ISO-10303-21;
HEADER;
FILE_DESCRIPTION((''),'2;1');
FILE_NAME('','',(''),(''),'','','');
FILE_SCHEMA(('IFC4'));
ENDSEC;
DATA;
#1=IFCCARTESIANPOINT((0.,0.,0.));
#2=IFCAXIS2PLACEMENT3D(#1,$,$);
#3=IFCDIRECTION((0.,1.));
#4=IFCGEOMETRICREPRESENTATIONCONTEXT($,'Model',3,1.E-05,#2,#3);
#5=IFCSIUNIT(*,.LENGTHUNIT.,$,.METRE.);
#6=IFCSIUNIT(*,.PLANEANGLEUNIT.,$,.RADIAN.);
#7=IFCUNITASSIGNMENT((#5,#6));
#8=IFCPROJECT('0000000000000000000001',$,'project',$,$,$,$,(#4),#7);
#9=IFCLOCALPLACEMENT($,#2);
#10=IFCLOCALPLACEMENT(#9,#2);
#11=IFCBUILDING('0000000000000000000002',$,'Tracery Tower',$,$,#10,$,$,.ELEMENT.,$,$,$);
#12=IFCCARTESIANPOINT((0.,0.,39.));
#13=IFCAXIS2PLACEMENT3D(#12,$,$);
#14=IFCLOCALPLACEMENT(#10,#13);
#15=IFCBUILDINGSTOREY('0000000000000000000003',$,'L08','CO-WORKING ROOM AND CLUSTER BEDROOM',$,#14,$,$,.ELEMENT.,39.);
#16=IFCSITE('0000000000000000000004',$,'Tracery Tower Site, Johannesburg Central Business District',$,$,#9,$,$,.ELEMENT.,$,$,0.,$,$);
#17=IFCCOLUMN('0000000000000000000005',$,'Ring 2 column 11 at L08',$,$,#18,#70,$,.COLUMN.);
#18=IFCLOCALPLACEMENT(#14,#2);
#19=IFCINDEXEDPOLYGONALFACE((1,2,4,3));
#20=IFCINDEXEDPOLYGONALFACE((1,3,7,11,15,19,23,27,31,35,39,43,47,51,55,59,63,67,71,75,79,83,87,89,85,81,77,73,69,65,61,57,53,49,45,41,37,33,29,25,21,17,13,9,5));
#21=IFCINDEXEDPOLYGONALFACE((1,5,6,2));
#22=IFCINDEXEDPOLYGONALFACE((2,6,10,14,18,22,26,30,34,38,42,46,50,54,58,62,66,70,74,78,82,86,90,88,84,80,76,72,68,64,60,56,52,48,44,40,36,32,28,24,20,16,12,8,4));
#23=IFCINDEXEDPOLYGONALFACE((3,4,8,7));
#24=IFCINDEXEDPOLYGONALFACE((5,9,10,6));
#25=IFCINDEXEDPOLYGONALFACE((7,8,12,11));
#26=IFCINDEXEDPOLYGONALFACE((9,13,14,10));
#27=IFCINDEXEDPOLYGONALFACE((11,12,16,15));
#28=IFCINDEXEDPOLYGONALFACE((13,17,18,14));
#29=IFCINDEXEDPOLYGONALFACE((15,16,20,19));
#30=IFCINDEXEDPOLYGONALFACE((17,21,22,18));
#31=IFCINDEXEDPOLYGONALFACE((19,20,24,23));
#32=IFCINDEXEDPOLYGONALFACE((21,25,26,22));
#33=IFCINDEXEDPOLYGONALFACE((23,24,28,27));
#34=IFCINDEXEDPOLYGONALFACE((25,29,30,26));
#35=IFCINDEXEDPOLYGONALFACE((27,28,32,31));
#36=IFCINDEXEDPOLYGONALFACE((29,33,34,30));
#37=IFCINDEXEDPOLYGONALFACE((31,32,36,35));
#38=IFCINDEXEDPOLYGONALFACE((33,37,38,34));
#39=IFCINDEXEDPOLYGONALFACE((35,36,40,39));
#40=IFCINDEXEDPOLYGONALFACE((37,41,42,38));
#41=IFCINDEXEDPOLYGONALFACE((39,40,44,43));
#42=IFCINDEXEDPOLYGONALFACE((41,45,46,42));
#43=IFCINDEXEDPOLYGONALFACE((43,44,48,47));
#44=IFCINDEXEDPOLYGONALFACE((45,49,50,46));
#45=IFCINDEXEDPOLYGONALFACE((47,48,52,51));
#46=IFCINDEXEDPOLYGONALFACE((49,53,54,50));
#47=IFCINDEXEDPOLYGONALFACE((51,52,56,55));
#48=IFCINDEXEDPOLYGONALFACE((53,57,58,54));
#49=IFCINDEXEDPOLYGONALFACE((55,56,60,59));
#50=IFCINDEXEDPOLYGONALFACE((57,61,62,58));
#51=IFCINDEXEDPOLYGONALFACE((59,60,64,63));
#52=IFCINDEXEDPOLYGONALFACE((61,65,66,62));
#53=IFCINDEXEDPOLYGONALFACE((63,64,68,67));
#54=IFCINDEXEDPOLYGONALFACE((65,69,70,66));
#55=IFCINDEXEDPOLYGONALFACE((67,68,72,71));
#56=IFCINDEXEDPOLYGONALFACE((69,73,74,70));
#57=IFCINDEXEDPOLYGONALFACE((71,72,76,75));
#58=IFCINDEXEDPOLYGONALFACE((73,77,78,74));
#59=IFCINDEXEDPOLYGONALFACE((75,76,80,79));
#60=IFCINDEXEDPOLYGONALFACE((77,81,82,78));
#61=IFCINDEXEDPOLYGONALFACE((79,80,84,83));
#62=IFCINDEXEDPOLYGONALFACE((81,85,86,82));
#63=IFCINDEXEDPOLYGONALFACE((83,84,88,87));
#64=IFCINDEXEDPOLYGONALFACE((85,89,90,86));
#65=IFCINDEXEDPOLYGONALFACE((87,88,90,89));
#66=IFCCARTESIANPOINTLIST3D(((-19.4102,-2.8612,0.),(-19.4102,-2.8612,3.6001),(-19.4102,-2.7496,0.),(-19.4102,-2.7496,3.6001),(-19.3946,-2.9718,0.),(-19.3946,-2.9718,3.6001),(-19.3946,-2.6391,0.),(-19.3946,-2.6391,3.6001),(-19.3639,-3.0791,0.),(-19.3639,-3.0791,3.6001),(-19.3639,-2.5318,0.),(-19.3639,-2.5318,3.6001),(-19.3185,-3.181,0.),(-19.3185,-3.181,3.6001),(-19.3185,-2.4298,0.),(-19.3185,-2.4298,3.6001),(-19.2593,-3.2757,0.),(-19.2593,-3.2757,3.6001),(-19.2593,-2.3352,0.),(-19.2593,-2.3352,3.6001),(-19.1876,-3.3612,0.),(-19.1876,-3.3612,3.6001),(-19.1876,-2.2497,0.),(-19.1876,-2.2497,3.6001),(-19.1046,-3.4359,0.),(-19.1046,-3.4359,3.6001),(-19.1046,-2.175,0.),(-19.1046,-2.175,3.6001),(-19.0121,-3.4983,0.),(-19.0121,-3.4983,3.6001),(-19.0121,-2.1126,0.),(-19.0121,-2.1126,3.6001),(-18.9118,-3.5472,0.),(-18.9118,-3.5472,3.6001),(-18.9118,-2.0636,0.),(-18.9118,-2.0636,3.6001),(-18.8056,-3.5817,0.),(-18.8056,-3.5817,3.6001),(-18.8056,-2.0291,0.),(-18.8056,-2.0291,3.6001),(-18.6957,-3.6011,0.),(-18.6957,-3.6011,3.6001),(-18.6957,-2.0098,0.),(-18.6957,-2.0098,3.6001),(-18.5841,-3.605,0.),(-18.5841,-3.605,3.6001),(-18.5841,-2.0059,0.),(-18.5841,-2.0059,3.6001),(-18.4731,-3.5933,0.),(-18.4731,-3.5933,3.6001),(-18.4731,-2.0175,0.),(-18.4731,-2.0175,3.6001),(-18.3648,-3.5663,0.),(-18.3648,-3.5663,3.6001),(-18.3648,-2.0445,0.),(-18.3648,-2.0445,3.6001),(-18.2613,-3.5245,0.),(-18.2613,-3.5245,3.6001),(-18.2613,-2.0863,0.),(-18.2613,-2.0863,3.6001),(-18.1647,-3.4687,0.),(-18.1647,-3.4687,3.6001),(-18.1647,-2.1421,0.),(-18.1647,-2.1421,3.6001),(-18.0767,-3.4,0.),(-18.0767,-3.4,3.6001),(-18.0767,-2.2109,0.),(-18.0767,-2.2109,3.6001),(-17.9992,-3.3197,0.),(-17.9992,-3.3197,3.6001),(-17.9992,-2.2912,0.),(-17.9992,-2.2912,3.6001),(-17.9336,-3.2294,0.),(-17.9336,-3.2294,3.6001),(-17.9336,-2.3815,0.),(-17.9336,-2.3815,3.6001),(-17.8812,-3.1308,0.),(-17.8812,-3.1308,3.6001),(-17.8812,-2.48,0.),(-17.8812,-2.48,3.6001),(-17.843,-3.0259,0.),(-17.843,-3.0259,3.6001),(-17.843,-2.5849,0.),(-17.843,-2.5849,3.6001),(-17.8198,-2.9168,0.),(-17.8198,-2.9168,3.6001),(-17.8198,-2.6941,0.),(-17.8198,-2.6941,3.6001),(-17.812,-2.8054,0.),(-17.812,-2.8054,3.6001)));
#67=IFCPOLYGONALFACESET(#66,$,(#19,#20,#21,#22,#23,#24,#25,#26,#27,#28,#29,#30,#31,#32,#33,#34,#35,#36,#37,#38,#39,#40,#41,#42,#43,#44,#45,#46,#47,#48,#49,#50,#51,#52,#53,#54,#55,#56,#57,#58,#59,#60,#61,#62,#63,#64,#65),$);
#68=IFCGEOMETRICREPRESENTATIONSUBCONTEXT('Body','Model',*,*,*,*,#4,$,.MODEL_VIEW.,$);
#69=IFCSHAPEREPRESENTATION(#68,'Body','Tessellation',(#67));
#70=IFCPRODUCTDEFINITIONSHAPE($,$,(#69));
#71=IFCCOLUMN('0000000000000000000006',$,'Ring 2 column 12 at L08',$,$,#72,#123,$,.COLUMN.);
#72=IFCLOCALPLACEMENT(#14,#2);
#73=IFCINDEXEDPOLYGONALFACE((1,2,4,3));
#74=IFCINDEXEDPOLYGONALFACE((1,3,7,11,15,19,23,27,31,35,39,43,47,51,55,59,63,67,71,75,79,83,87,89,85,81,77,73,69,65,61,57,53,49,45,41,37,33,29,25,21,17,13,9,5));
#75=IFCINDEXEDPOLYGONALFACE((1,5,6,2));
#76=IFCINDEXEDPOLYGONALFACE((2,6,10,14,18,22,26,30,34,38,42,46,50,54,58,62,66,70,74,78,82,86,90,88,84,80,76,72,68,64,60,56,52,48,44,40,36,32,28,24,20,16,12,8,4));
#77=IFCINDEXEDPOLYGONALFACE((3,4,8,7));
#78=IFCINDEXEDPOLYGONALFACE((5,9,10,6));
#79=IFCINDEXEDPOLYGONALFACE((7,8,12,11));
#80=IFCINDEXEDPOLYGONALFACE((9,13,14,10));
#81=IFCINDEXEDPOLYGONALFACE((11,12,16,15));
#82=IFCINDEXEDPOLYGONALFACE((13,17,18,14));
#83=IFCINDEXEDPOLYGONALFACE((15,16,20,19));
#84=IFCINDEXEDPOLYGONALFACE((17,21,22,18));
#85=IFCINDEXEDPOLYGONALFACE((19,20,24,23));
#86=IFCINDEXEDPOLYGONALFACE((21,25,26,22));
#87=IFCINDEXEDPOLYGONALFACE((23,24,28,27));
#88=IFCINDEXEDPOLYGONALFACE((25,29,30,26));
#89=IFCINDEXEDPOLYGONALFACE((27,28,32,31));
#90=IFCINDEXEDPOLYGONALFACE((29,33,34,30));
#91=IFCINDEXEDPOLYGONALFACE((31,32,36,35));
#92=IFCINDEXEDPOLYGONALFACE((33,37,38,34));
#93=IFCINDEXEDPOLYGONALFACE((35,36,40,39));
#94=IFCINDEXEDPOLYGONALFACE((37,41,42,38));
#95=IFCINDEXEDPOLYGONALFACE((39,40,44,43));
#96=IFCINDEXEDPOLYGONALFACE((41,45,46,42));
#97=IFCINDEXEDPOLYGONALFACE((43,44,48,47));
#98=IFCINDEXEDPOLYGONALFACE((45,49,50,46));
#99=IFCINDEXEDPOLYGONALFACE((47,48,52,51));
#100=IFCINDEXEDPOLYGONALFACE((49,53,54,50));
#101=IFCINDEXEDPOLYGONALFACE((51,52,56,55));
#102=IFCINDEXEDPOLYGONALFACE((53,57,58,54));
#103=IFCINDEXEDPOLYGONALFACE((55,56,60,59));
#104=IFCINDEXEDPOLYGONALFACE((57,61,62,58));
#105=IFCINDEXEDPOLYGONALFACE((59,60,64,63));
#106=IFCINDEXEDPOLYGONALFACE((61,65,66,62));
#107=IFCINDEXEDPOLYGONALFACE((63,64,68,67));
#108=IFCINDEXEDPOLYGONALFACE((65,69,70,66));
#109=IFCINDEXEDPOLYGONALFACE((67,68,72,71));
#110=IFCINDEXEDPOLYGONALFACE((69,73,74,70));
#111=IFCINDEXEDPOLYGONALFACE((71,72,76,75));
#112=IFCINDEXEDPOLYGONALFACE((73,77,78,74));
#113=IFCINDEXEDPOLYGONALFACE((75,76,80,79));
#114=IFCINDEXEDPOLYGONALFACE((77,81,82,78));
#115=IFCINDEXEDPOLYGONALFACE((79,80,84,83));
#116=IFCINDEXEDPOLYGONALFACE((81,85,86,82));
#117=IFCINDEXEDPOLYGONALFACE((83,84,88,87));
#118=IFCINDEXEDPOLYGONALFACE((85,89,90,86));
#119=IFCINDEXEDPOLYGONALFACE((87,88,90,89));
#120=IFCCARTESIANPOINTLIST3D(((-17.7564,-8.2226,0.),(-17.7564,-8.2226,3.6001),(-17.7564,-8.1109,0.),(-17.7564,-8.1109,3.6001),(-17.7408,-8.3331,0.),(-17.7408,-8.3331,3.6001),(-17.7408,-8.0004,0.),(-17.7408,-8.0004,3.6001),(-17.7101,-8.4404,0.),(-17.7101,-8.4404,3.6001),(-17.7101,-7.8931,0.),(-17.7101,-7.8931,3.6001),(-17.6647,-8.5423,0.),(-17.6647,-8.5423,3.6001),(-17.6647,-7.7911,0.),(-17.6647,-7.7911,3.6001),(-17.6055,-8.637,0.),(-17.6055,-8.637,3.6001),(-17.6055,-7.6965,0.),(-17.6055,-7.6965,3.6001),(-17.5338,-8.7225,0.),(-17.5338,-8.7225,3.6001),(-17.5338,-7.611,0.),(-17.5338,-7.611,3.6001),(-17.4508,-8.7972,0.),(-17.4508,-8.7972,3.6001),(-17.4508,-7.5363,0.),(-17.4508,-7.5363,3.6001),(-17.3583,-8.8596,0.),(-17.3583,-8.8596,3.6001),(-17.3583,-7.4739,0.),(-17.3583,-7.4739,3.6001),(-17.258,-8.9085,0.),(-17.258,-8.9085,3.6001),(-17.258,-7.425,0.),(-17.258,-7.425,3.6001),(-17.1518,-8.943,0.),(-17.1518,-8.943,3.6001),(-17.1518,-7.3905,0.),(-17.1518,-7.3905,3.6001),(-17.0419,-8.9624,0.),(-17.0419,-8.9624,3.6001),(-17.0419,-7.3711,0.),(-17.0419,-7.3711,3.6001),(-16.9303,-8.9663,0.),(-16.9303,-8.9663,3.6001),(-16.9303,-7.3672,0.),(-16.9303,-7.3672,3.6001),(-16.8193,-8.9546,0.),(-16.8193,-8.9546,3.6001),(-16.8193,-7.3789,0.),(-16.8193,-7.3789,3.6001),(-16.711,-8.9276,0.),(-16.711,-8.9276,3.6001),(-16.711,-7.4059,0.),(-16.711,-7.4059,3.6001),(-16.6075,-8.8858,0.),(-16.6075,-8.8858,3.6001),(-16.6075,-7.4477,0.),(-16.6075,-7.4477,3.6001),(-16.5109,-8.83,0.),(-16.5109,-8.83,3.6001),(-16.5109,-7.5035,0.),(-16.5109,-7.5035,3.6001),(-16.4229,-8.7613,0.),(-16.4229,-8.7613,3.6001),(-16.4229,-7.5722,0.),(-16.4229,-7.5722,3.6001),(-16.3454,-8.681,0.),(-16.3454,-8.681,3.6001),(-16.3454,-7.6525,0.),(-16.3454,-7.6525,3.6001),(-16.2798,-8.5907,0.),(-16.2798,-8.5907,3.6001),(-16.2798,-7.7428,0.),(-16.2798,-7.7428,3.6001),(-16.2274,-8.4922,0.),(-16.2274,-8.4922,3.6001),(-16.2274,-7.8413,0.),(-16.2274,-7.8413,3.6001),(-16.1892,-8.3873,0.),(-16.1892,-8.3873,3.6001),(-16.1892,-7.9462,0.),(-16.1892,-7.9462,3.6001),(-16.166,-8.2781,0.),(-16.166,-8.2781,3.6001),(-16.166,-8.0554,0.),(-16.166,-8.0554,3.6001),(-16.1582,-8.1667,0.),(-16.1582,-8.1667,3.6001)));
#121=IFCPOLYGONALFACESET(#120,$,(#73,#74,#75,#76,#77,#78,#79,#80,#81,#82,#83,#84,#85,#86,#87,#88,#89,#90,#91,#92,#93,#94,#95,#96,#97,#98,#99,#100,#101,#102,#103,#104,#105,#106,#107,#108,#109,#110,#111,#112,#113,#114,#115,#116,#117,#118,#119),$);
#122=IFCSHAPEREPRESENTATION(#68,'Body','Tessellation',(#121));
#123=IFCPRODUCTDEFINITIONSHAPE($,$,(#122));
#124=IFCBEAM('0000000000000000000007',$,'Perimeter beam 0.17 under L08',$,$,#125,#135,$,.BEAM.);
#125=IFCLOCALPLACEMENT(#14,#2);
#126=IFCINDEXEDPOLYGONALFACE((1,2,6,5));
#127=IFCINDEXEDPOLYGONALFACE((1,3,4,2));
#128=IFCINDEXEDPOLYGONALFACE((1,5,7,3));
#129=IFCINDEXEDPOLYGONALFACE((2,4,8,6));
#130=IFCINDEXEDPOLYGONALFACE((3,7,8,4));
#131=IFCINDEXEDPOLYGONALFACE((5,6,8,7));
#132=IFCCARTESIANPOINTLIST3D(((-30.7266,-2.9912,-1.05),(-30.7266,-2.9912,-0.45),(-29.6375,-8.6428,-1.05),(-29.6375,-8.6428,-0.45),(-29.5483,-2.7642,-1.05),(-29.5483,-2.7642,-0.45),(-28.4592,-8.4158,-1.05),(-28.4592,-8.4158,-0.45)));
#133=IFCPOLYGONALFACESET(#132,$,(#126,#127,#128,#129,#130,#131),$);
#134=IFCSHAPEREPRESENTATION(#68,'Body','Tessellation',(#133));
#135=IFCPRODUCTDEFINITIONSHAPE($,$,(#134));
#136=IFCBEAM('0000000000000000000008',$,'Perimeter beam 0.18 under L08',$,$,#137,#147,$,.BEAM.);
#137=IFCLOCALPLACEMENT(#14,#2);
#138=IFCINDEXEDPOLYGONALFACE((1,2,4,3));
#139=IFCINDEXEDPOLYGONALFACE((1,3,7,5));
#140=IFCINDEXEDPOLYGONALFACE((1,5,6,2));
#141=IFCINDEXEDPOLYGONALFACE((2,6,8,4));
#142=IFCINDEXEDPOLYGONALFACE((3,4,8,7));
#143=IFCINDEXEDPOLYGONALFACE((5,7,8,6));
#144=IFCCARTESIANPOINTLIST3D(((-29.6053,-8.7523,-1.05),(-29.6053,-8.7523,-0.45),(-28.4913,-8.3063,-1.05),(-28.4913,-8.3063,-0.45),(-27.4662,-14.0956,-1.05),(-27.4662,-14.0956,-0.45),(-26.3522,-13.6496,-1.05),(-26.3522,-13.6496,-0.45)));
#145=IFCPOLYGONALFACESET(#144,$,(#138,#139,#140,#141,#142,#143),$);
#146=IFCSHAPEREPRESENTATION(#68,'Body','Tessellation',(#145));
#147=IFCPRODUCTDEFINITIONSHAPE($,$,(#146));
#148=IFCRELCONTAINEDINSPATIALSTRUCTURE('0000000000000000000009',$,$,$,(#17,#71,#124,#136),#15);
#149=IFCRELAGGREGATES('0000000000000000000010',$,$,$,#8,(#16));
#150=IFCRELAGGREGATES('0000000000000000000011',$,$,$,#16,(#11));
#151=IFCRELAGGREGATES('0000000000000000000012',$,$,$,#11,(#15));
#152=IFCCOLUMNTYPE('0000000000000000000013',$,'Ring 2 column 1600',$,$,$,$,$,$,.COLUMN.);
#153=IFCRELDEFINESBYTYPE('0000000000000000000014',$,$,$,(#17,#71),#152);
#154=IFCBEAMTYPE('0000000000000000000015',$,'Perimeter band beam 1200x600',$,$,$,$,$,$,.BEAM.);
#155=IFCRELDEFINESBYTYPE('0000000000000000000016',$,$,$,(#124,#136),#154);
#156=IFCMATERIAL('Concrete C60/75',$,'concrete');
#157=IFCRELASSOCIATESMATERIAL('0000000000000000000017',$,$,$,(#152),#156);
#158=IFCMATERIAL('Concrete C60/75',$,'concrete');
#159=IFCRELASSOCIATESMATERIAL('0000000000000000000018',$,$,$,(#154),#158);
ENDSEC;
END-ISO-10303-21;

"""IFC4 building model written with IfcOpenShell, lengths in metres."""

from ifc_helpers import new_model, si_unit, direction, frame, origin, origin_2d, place, context, subcontext, project, spatial, rectangle, circle, extrude, material, material_profile, profile_set, type_object, element, save


model = new_model("IFC4")

# Units and contexts
model_context = context("Model", 3, precision=1e-05, world=origin(), true_north=direction((0.0, 1.0)))
body_context = subcontext(model_context, "Body", "Model", "MODEL_VIEW")
ifc_project = project(units=[si_unit("LENGTHUNIT", "METRE"), si_unit("PLANEANGLEUNIT", "RADIAN")], contexts=[model_context])

# Site, building, storey
site_placement = place(None, origin())
site = spatial("IfcSite", under=ifc_project, at=site_placement, Name="Tracery Tower Site, Johannesburg Central Business District", CompositionType="ELEMENT", RefElevation=0.0)
building_placement = place(site_placement, origin())
building = spatial("IfcBuilding", under=site, at=building_placement, Name="Tracery Tower", CompositionType="ELEMENT")
storey_placement = place(building_placement, frame((0.0, 0.0, 39.0)))
storey = spatial("IfcBuildingStorey", under=building, at=storey_placement, Name="L08", Description="CO-WORKING ROOM AND CLUSTER BEDROOM", CompositionType="ELEMENT", Elevation=39.0)

# Columns
ifc_material_1 = material(Name="Concrete C60/75", Category="concrete")
ifc_material_profile_1 = material_profile(ifc_material_1, circle(Radius=0.8, at=origin_2d()), Name="RC D1600")
ifc_profile_set_1 = profile_set([ifc_material_profile_1], Name="Concrete C60/75")
column_type_1 = type_object("IfcColumnType", Name="Ring 2 column 1600", PredefinedType="COLUMN", material=ifc_profile_set_1)
for number, where, z_axis, x_axis, name in (
    (1, (-18.6121, -2.8054, 0.0), (0.0, 0.0, 1.0), (1.0, 0.0, 0.0), "Ring 2 column 11 at L08"),
    (2, (-16.9583, -8.1667, 0.0), (0.0, 0.0, 1.0), (1.0, 0.0, 0.0), "Ring 2 column 12 at L08"),
):
    element("IfcColumn", number, at=place(storey_placement, frame(where, z_axis=z_axis, x_axis=x_axis)), inside=storey, type_object=column_type_1, Name=name, PredefinedType="COLUMN", context=body_context, shape_type="SweptSolid", body=[
        extrude(circle(Radius=0.8, at=origin_2d()), origin(), (0.0, 0.0, 1.0), 3.6001),
    ])

# Beams
ifc_material_2 = material(Name="Concrete C60/75", Category="concrete")
ifc_material_profile_2 = material_profile(ifc_material_2, rectangle(XDim=1.2, YDim=0.6001, at=origin_2d()), Name="RC 1200x600")
ifc_profile_set_2 = profile_set([ifc_material_profile_2], Name="Concrete C60/75")
beam_type = type_object("IfcBeamType", Name="Perimeter band beam 1200x600", PredefinedType="BEAM", material=ifc_profile_set_2)
for number, where, z_axis, x_axis, name in (
    (3, (-30.1375, -2.8777, -0.75), (0.189227, -0.981933, 0.0), (0.981933, 0.189227, 0.0), "Perimeter beam 0.17 under L08"),
    (4, (-29.0483, -8.5293, -0.75), (0.371669, -0.928365, 0.0), (0.928365, 0.371669, 0.0), "Perimeter beam 0.18 under L08"),
):
    element("IfcBeam", number, at=place(storey_placement, frame(where, z_axis=z_axis, x_axis=x_axis)), inside=storey, type_object=beam_type, Name=name, PredefinedType="BEAM", context=body_context, shape_type="SweptSolid", body=[
        extrude(rectangle(XDim=1.2, YDim=0.6001, at=origin_2d()), origin(), (0.0, 0.0, 1.0), 5.7556),
    ])

save(model, "model.ifc")
